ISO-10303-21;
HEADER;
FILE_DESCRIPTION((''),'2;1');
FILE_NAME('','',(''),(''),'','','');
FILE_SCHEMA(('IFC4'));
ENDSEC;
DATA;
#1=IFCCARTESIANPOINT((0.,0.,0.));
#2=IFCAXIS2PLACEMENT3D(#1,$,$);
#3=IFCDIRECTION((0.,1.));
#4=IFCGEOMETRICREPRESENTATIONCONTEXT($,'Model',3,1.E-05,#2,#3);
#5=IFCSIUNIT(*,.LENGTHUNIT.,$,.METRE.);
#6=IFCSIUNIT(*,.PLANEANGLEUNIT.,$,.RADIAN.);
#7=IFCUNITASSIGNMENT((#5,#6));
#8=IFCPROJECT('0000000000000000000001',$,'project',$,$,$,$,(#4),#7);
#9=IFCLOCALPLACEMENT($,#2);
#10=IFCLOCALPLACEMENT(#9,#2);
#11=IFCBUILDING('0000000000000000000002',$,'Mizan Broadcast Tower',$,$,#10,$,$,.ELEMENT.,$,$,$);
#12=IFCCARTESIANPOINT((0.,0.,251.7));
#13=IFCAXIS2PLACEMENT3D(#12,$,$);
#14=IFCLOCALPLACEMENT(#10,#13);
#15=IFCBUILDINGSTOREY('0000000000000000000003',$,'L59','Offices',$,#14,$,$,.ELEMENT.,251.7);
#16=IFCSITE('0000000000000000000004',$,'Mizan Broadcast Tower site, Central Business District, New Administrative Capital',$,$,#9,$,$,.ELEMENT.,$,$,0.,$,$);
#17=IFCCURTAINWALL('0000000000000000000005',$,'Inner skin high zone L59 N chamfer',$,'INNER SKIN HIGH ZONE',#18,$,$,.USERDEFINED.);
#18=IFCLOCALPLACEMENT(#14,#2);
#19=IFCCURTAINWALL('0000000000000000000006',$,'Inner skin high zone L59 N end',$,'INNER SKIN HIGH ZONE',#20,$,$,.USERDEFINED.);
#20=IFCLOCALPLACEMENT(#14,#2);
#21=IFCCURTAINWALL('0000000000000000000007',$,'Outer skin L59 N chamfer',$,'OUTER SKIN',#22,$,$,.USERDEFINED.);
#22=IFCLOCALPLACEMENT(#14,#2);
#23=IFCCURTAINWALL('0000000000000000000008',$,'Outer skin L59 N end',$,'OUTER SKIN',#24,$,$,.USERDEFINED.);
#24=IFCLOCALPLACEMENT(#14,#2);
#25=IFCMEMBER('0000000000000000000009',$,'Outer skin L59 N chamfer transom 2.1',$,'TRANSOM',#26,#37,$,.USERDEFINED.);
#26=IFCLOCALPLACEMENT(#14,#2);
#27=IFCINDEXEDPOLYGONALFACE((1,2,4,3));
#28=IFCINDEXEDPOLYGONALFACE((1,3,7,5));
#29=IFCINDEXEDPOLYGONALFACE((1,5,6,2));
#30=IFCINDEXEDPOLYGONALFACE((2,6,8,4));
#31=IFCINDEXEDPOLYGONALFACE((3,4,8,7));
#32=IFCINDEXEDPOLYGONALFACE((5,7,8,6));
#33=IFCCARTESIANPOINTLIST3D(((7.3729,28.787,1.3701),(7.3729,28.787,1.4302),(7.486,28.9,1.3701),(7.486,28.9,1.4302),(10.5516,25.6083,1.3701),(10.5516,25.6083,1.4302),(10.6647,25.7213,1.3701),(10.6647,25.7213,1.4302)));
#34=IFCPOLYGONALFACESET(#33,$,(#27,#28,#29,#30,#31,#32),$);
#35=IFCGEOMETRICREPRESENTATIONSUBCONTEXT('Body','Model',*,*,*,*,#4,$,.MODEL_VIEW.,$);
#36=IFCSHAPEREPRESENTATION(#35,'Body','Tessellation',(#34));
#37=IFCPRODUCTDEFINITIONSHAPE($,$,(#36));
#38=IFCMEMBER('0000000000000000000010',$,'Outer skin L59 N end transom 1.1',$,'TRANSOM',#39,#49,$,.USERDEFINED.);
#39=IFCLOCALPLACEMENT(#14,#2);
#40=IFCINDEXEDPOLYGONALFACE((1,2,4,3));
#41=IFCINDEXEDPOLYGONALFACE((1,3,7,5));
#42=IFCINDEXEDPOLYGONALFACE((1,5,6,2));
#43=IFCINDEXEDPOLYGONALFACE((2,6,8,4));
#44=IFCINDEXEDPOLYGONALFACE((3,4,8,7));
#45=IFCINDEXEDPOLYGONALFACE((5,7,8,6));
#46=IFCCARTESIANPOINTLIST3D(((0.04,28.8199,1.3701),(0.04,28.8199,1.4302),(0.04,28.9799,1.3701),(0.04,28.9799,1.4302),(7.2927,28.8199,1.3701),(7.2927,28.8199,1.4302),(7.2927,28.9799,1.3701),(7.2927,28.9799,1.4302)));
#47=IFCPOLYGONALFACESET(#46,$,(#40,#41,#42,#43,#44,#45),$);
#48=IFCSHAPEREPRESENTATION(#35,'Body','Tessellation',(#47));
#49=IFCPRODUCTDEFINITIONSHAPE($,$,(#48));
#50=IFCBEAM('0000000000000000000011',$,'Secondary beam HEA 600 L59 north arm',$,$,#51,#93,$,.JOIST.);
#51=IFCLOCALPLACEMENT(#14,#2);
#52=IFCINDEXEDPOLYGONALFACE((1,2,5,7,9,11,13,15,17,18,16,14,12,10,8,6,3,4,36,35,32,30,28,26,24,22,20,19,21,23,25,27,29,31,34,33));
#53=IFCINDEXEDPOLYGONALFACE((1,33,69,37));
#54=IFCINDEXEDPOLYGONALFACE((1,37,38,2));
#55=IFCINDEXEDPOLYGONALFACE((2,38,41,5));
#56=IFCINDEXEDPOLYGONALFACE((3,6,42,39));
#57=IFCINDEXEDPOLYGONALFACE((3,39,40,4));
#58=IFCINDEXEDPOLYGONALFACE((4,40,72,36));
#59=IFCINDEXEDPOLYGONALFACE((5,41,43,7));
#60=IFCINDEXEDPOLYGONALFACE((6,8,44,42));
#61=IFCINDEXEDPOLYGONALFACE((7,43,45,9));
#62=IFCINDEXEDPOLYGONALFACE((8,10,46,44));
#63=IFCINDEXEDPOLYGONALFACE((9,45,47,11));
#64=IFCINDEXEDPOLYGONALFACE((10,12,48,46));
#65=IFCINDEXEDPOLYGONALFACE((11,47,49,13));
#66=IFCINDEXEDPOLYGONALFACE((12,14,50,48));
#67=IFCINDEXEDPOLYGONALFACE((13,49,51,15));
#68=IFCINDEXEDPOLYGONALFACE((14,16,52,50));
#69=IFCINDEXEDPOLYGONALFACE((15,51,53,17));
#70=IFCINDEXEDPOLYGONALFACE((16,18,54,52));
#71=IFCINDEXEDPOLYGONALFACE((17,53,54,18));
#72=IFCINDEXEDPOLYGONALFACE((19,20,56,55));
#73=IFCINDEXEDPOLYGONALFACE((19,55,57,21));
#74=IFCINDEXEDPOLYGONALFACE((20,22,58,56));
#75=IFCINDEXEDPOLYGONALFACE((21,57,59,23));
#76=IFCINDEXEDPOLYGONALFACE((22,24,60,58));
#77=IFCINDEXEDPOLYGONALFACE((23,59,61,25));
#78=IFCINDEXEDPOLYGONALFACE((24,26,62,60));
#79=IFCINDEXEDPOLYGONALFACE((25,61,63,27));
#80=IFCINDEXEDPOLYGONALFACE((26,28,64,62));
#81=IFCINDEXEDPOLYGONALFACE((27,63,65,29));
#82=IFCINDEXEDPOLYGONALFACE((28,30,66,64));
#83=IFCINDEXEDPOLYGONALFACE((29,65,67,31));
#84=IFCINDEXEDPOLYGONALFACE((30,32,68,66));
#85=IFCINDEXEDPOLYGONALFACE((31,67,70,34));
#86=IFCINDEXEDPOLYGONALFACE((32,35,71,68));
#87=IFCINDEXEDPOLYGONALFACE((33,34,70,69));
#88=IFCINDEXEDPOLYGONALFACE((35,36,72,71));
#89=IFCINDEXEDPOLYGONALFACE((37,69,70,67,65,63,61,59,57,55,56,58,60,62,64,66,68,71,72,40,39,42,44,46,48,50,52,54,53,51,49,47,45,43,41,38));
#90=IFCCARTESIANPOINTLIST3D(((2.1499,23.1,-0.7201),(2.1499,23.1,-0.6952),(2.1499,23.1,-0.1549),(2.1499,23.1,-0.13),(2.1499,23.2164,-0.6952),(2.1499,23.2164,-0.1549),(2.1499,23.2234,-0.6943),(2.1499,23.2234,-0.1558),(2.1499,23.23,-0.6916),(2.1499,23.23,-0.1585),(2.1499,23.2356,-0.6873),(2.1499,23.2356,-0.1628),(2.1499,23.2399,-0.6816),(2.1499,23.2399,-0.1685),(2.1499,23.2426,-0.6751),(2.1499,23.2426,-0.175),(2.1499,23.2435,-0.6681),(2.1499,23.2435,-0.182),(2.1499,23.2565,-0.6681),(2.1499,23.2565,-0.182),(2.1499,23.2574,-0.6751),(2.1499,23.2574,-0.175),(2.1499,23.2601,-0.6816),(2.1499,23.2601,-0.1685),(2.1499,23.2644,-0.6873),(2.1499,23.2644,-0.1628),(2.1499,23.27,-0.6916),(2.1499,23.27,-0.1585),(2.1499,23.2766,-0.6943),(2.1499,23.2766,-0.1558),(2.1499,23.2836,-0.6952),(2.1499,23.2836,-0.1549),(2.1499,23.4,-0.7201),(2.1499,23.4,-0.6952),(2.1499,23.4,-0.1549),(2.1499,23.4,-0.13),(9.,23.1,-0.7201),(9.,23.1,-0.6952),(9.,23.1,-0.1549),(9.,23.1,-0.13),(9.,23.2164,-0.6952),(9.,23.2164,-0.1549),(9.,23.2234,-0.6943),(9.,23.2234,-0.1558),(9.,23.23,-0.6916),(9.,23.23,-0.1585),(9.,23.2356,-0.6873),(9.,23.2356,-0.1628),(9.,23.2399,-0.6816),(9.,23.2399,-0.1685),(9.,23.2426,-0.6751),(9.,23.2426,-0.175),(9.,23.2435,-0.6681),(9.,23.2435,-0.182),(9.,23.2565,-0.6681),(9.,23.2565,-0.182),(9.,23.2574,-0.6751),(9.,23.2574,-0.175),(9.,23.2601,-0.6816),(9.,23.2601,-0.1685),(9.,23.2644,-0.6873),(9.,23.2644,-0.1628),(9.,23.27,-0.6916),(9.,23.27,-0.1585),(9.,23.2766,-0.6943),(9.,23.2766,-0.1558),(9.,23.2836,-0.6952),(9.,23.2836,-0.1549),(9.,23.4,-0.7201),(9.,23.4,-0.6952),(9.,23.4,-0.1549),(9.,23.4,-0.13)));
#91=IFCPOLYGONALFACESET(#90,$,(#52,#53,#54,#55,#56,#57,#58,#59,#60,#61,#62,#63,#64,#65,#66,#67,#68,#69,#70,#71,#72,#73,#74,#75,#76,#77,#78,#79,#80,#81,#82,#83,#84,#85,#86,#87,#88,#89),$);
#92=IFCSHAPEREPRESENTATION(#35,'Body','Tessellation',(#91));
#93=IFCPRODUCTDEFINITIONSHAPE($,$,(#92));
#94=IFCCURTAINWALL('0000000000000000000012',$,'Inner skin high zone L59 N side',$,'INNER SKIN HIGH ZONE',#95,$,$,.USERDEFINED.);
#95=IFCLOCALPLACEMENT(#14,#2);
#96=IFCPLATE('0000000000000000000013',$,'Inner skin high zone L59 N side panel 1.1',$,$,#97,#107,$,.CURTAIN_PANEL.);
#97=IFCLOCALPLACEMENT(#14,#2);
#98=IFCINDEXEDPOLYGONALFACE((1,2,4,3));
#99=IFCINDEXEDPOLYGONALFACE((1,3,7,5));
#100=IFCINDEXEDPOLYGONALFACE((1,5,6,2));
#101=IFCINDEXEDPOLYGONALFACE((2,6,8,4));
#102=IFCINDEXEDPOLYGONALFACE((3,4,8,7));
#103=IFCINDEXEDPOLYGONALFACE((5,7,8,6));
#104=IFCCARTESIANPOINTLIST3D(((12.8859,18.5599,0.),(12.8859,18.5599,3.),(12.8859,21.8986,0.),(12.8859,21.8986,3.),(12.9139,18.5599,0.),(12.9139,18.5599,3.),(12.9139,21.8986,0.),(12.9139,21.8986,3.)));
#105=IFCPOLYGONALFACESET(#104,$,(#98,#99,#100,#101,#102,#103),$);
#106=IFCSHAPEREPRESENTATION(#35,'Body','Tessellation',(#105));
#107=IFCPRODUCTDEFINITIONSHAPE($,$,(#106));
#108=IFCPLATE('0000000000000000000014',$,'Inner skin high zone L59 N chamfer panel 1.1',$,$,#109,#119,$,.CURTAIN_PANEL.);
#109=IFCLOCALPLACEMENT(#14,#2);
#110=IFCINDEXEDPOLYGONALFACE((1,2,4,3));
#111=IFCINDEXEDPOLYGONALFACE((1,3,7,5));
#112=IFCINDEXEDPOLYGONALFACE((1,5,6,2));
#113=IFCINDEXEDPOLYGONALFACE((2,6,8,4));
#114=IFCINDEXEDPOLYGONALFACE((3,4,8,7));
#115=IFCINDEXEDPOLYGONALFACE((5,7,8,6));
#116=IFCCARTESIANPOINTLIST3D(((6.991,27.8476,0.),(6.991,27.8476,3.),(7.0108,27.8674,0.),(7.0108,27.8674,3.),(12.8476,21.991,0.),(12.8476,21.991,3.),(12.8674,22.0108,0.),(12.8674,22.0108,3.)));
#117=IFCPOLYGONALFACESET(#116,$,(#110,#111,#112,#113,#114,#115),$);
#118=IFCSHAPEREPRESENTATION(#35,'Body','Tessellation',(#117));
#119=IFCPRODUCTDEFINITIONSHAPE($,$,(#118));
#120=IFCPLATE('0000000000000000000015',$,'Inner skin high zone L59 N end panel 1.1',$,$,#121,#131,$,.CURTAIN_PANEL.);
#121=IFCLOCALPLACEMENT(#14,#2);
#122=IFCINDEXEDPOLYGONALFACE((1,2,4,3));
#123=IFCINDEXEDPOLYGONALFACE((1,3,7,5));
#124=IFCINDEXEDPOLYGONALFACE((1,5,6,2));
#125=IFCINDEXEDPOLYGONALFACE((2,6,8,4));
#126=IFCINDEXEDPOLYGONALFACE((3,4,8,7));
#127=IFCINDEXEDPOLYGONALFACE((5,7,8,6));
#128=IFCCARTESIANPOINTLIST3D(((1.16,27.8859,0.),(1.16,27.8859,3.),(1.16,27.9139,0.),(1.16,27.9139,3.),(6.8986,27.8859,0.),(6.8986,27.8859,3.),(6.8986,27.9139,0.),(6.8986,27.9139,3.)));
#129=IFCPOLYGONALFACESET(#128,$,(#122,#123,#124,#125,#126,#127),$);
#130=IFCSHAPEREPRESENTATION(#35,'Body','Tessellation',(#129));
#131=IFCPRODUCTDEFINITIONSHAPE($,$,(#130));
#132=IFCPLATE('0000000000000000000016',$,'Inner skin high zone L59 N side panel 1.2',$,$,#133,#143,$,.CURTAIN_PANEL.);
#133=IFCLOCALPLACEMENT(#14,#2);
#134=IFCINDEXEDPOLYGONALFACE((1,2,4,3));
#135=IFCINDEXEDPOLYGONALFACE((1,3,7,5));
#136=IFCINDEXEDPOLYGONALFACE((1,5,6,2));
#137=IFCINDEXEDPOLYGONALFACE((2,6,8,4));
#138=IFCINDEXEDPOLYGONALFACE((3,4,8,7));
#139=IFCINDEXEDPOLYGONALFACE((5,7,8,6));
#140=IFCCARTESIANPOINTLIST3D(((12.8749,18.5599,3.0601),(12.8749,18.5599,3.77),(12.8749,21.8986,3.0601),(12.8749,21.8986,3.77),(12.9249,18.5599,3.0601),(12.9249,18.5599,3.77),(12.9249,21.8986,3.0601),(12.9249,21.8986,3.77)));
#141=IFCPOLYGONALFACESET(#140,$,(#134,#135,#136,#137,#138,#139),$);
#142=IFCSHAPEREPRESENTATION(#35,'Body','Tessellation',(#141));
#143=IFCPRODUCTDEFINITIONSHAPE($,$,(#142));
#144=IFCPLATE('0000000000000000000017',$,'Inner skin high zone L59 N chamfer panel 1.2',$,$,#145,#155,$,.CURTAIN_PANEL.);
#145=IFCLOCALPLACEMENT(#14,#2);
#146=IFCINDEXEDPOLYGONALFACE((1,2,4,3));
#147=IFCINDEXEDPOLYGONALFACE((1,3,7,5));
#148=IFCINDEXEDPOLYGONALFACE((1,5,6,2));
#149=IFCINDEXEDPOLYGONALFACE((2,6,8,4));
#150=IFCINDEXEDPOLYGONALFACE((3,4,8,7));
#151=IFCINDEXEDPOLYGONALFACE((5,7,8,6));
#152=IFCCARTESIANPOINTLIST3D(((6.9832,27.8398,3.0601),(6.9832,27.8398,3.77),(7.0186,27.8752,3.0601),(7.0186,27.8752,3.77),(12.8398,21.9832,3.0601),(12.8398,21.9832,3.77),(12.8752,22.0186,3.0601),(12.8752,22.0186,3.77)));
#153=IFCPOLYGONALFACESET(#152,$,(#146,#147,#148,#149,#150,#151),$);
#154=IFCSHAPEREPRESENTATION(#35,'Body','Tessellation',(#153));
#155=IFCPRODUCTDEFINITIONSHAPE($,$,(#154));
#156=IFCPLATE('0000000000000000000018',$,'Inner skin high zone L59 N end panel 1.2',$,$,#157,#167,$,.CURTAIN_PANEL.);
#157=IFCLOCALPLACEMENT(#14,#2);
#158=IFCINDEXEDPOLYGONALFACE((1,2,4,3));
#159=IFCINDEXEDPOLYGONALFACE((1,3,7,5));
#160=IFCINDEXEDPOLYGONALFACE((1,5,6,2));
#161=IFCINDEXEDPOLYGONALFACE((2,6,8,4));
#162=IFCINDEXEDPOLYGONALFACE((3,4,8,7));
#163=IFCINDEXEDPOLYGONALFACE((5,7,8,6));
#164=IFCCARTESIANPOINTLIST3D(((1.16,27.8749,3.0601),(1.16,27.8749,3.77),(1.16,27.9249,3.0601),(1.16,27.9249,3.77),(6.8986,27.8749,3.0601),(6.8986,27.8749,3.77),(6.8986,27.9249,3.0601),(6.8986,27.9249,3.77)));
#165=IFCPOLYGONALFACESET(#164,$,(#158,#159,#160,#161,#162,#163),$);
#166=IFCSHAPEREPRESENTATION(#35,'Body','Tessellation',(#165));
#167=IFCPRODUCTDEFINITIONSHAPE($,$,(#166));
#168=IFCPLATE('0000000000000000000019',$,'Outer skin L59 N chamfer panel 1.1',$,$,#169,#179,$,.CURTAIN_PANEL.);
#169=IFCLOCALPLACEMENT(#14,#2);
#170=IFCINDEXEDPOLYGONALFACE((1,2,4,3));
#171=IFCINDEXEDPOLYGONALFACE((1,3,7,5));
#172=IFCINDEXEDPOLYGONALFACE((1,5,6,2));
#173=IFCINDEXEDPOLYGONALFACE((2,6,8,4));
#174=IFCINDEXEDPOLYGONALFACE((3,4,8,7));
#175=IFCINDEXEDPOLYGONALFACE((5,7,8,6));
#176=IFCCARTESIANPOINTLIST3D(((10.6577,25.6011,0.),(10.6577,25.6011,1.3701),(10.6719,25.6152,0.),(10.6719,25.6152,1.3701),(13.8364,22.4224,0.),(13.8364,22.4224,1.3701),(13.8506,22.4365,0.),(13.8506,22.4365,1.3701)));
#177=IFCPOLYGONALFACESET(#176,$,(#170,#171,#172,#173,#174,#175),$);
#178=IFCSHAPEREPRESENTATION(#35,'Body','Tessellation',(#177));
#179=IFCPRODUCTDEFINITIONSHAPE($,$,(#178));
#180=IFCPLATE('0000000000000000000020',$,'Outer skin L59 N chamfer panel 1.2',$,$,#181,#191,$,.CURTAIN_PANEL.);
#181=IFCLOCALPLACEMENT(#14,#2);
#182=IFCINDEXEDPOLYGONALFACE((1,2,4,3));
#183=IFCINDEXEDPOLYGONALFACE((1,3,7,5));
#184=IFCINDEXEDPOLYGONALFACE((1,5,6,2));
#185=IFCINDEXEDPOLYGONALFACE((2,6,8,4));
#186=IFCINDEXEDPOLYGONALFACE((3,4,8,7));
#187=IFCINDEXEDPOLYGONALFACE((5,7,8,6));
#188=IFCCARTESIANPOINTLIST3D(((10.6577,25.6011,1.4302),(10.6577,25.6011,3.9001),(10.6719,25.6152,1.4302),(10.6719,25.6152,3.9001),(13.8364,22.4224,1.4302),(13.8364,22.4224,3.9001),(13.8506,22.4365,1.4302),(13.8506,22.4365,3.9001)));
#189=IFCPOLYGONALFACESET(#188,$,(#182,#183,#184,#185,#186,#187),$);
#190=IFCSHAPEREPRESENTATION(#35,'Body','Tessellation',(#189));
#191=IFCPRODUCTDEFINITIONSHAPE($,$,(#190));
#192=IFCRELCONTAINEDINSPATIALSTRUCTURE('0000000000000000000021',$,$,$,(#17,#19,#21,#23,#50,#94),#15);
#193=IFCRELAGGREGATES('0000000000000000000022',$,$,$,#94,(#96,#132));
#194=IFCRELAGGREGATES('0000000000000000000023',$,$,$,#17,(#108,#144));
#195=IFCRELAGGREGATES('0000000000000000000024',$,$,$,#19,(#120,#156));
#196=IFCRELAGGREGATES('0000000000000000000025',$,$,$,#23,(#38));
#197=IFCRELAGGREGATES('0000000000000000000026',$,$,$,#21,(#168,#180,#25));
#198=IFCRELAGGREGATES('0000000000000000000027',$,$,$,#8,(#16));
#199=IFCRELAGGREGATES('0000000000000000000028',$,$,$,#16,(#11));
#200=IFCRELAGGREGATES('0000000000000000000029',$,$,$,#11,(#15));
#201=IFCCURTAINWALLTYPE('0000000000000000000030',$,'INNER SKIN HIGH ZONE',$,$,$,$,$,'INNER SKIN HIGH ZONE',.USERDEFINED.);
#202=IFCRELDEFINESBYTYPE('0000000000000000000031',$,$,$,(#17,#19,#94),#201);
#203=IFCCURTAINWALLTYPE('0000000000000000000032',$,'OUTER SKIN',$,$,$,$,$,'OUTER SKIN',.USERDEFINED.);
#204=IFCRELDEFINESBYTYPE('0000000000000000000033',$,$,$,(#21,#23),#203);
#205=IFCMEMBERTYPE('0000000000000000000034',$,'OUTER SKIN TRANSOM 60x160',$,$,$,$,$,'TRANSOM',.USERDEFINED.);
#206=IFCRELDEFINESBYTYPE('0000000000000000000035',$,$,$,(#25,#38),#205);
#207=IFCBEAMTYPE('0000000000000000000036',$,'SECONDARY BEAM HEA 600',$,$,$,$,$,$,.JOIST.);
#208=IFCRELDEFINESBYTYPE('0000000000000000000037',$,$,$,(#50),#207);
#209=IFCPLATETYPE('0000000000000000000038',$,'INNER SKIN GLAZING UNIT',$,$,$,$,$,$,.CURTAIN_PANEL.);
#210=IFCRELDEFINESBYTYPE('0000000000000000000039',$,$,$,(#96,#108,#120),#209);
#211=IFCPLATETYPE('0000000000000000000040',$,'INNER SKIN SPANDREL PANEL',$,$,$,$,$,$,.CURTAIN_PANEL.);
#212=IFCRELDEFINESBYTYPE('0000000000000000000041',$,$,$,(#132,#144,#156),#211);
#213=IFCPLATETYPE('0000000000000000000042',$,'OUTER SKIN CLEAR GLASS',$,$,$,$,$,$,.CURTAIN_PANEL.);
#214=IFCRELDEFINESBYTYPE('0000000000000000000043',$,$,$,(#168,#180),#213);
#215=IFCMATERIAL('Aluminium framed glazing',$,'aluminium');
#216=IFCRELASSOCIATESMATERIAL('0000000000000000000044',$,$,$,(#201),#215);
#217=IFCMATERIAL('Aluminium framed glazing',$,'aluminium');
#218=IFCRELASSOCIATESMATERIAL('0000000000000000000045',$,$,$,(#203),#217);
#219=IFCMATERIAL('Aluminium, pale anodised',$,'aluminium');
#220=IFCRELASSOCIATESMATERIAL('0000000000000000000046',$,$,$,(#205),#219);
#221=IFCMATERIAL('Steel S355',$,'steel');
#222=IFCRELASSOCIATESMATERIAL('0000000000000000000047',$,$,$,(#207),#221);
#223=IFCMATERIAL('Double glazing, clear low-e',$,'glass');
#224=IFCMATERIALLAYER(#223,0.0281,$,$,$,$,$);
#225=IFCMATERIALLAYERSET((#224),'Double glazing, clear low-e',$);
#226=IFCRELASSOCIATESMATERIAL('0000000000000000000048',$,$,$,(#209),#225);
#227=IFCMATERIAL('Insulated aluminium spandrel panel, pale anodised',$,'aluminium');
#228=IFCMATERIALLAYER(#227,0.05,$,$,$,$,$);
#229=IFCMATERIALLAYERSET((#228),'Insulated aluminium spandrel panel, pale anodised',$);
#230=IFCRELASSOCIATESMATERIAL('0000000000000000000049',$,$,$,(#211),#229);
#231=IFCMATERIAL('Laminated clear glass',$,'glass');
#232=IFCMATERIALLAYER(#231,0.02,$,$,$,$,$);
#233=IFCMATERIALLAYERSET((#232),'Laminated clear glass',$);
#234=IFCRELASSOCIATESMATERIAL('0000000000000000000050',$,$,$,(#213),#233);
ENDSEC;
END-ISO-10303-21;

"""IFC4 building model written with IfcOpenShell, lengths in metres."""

from ifc_helpers import new_model, si_unit, direction, frame, origin, origin_2d, place, context, subcontext, project, spatial, rectangle, i_section, extrude, material, layer, layer_set, material_profile, profile_set, type_object, element, aggregate, save


model = new_model("IFC4")

# Units and contexts
model_context = context("Model", 3, precision=1e-05, world=origin(), true_north=direction((0.0, 1.0)))
body_context = subcontext(model_context, "Body", "Model", "MODEL_VIEW")
ifc_project = project(units=[si_unit("LENGTHUNIT", "METRE"), si_unit("PLANEANGLEUNIT", "RADIAN")], contexts=[model_context])

# Site, building, storey
site_placement = place(None, origin())
site = spatial("IfcSite", under=ifc_project, at=site_placement, Name="Mizan Broadcast Tower site, Central Business District, New Administrative Capital", CompositionType="ELEMENT", RefElevation=0.0)
building_placement = place(site_placement, origin())
building = spatial("IfcBuilding", under=site, at=building_placement, Name="Mizan Broadcast Tower", CompositionType="ELEMENT")
storey_placement = place(building_placement, frame((0.0, 0.0, 251.7)))
storey = spatial("IfcBuildingStorey", under=building, at=storey_placement, Name="L59", Description="Offices", CompositionType="ELEMENT", Elevation=251.7)

# Curtain walls
ifc_material_1 = material(Name="Aluminium framed glazing", Category="aluminium")
curtain_wall_type_1 = type_object("IfcCurtainWallType", Name="INNER SKIN HIGH ZONE", ElementType="INNER SKIN HIGH ZONE", PredefinedType="USERDEFINED", material=ifc_material_1)
curtain_wall_1_placement = place(storey_placement, origin())
curtain_wall_1 = element("IfcCurtainWall", 1, at=curtain_wall_1_placement, inside=storey, type_object=curtain_wall_type_1, Name="Inner skin high zone L59 N chamfer", ObjectType="INNER SKIN HIGH ZONE", PredefinedType="USERDEFINED")
curtain_wall_2_placement = place(storey_placement, origin())
curtain_wall_2 = element("IfcCurtainWall", 2, at=curtain_wall_2_placement, inside=storey, type_object=curtain_wall_type_1, Name="Inner skin high zone L59 N end", ObjectType="INNER SKIN HIGH ZONE", PredefinedType="USERDEFINED")

# Curtain wall
ifc_material_2 = material(Name="Aluminium framed glazing", Category="aluminium")
curtain_wall_type_2 = type_object("IfcCurtainWallType", Name="OUTER SKIN", ElementType="OUTER SKIN", PredefinedType="USERDEFINED", material=ifc_material_2)
curtain_wall_3_placement = place(storey_placement, origin())
curtain_wall_3 = element("IfcCurtainWall", 3, at=curtain_wall_3_placement, inside=storey, type_object=curtain_wall_type_2, Name="Outer skin L59 N chamfer", ObjectType="OUTER SKIN", PredefinedType="USERDEFINED")

# Curtain wall
curtain_wall_4_placement = place(storey_placement, origin())
curtain_wall_4 = element("IfcCurtainWall", 4, at=curtain_wall_4_placement, inside=storey, type_object=curtain_wall_type_2, Name="Outer skin L59 N end", ObjectType="OUTER SKIN", PredefinedType="USERDEFINED")

# Members
ifc_material_3 = material(Name="Aluminium, pale anodised", Category="aluminium")
ifc_material_profile_1 = material_profile(ifc_material_3, rectangle(XDim=0.1599, YDim=0.0601, at=origin_2d()), Name="TRANSOM 160x60")
ifc_profile_set_1 = profile_set([ifc_material_profile_1], Name="Aluminium, pale anodised")
member_type_1 = type_object("IfcMemberType", Name="OUTER SKIN TRANSOM 60x160", ElementType="TRANSOM", PredefinedType="USERDEFINED", material=ifc_profile_set_1)
member_1_placement = place(storey_placement, frame((10.6082, 25.6648, 1.4001), z_axis=(-0.707107, 0.707107, 0.0), x_axis=(-0.707107, -0.707107, 0.0)))
member_1 = element("IfcMember", 5, at=member_1_placement, type_object=member_type_1, Name="Outer skin L59 N chamfer transom 2.1", ObjectType="TRANSOM", PredefinedType="USERDEFINED", context=body_context, shape_type="SweptSolid", body=[
    extrude(rectangle(XDim=0.1599, YDim=0.0601, at=origin_2d()), origin(), (0.0, 0.0, 1.0), 4.4954),
])
member_2_placement = place(storey_placement, frame((7.2927, 28.8999, 1.4001), z_axis=(-1.0, 0.0, 0.0), x_axis=(0.0, -1.0, 0.0)))
member_2 = element("IfcMember", 6, at=member_2_placement, type_object=member_type_1, Name="Outer skin L59 N end transom 1.1", ObjectType="TRANSOM", PredefinedType="USERDEFINED", context=body_context, shape_type="SweptSolid", body=[
    extrude(rectangle(XDim=0.1599, YDim=0.0601, at=origin_2d()), origin(), (0.0, 0.0, 1.0), 7.2527),
])

# Beam
ifc_material_4 = material(Name="Steel S355", Category="steel")
ifc_material_profile_2 = material_profile(ifc_material_4, i_section(OverallWidth=0.3, OverallDepth=0.5901, WebThickness=0.0129, FlangeThickness=0.0249, FilletRadius=0.0271, at=origin_2d()), Name="HEA 600")
ifc_profile_set_2 = profile_set([ifc_material_profile_2], Name="Steel S355")
beam_type_1 = type_object("IfcBeamType", Name="SECONDARY BEAM HEA 600", PredefinedType="JOIST", material=ifc_profile_set_2)
beam_1_placement = place(storey_placement, frame((9.0, 23.25, -0.425), z_axis=(-1.0, 0.0, 0.0), x_axis=(0.0, -1.0, 0.0)))
element("IfcBeam", 7, at=beam_1_placement, inside=storey, type_object=beam_type_1, Name="Secondary beam HEA 600 L59 north arm", PredefinedType="JOIST", context=body_context, shape_type="SweptSolid", body=[
    extrude(i_section(OverallWidth=0.3, OverallDepth=0.5901, WebThickness=0.0129, FlangeThickness=0.0249, FilletRadius=0.0271, at=origin_2d()), origin(), (0.0, 0.0, 1.0), 6.8501),
])

# Curtain wall, plate
curtain_wall_5_placement = place(storey_placement, origin())
curtain_wall_5 = element("IfcCurtainWall", 8, at=curtain_wall_5_placement, inside=storey, type_object=curtain_wall_type_1, Name="Inner skin high zone L59 N side", ObjectType="INNER SKIN HIGH ZONE", PredefinedType="USERDEFINED")
ifc_material_5 = material(Name="Double glazing, clear low-e", Category="glass")
ifc_layer_1 = layer(ifc_material_5, 0.0281)
ifc_layer_set_1 = layer_set([ifc_layer_1], Name="Double glazing, clear low-e")
plate_type_1 = type_object("IfcPlateType", Name="INNER SKIN GLAZING UNIT", PredefinedType="CURTAIN_PANEL", material=ifc_layer_set_1)
plate_1_placement = place(storey_placement, frame((12.8999, 20.2292, 0.0), z_axis=(0.0, 0.0, 1.0), x_axis=(0.0, 1.0, 0.0)))
plate_1 = element("IfcPlate", 9, at=plate_1_placement, type_object=plate_type_1, Name="Inner skin high zone L59 N side panel 1.1", PredefinedType="CURTAIN_PANEL", context=body_context, shape_type="SweptSolid", body=[
    extrude(rectangle(XDim=3.3386, YDim=0.0281, at=origin_2d()), origin(), (0.0, 0.0, 1.0), 3.0),
])

# Plates
plate_2_placement = place(storey_placement, frame((9.9292, 24.9292, 0.0), z_axis=(0.0, 0.0, 1.0), x_axis=(-0.707107, 0.707107, 0.0)))
plate_2 = element("IfcPlate", 10, at=plate_2_placement, type_object=plate_type_1, Name="Inner skin high zone L59 N chamfer panel 1.1", PredefinedType="CURTAIN_PANEL", context=body_context, shape_type="SweptSolid", body=[
    extrude(rectangle(XDim=8.2825, YDim=0.0281, at=origin_2d()), origin(), (0.0, 0.0, 1.0), 3.0),
])
plate_3_placement = place(storey_placement, frame((4.0293, 27.8999, 0.0), z_axis=(0.0, 0.0, 1.0), x_axis=(-1.0, 0.0, 0.0)))
plate_3 = element("IfcPlate", 11, at=plate_3_placement, type_object=plate_type_1, Name="Inner skin high zone L59 N end panel 1.1", PredefinedType="CURTAIN_PANEL", context=body_context, shape_type="SweptSolid", body=[
    extrude(rectangle(XDim=5.7385, YDim=0.0281, at=origin_2d()), origin(), (0.0, 0.0, 1.0), 3.0),
])
ifc_material_6 = material(Name="Insulated aluminium spandrel panel, pale anodised", Category="aluminium")
ifc_layer_2 = layer(ifc_material_6, 0.05)
ifc_layer_set_2 = layer_set([ifc_layer_2], Name="Insulated aluminium spandrel panel, pale anodised")
plate_type_2 = type_object("IfcPlateType", Name="INNER SKIN SPANDREL PANEL", PredefinedType="CURTAIN_PANEL", material=ifc_layer_set_2)
plate_4_placement = place(storey_placement, frame((12.8999, 20.2292, 3.0601), z_axis=(0.0, 0.0, 1.0), x_axis=(0.0, 1.0, 0.0)))
plate_4 = element("IfcPlate", 12, at=plate_4_placement, type_object=plate_type_2, Name="Inner skin high zone L59 N side panel 1.2", PredefinedType="CURTAIN_PANEL", context=body_context, shape_type="SweptSolid", body=[
    extrude(rectangle(XDim=3.3386, YDim=0.05, at=origin_2d()), origin(), (0.0, 0.0, 1.0), 0.71),
])
aggregate(curtain_wall_5, [plate_1, plate_4])
plate_5_placement = place(storey_placement, frame((9.9292, 24.9292, 3.0601), z_axis=(0.0, 0.0, 1.0), x_axis=(-0.707107, 0.707107, 0.0)))
plate_5 = element("IfcPlate", 13, at=plate_5_placement, type_object=plate_type_2, Name="Inner skin high zone L59 N chamfer panel 1.2", PredefinedType="CURTAIN_PANEL", context=body_context, shape_type="SweptSolid", body=[
    extrude(rectangle(XDim=8.2825, YDim=0.05, at=origin_2d()), origin(), (0.0, 0.0, 1.0), 0.71),
])
aggregate(curtain_wall_1, [plate_2, plate_5])
plate_6_placement = place(storey_placement, frame((4.0293, 27.8999, 3.0601), z_axis=(0.0, 0.0, 1.0), x_axis=(-1.0, 0.0, 0.0)))
plate_6 = element("IfcPlate", 14, at=plate_6_placement, type_object=plate_type_2, Name="Inner skin high zone L59 N end panel 1.2", PredefinedType="CURTAIN_PANEL", context=body_context, shape_type="SweptSolid", body=[
    extrude(rectangle(XDim=5.7385, YDim=0.05, at=origin_2d()), origin(), (0.0, 0.0, 1.0), 0.71),
])
aggregate(curtain_wall_2, [plate_3, plate_6])
ifc_material_7 = material(Name="Laminated clear glass", Category="glass")
ifc_layer_3 = layer(ifc_material_7, 0.02)
ifc_layer_set_3 = layer_set([ifc_layer_3], Name="Laminated clear glass")
plate_type_3 = type_object("IfcPlateType", Name="OUTER SKIN CLEAR GLASS", PredefinedType="CURTAIN_PANEL", material=ifc_layer_set_3)
plate_7_placement = place(storey_placement, frame((12.2542, 24.0188, 0.0), z_axis=(0.0, 0.0, 1.0), x_axis=(-0.707107, 0.707107, 0.0)))
plate_7 = element("IfcPlate", 15, at=plate_7_placement, type_object=plate_type_3, Name="Outer skin L59 N chamfer panel 1.1", PredefinedType="CURTAIN_PANEL", context=body_context, shape_type="SweptSolid", body=[
    extrude(rectangle(XDim=4.4954, YDim=0.02, at=origin_2d()), origin(), (0.0, 0.0, 1.0), 1.3701),
])
plate_8_placement = place(storey_placement, frame((12.2542, 24.0188, 1.4302), z_axis=(0.0, 0.0, 1.0), x_axis=(-0.707107, 0.707107, 0.0)))
plate_8 = element("IfcPlate", 16, at=plate_8_placement, type_object=plate_type_3, Name="Outer skin L59 N chamfer panel 1.2", PredefinedType="CURTAIN_PANEL", context=body_context, shape_type="SweptSolid", body=[
    extrude(rectangle(XDim=4.4954, YDim=0.02, at=origin_2d()), origin(), (0.0, 0.0, 1.0), 2.47),
])
aggregate(curtain_wall_4, [member_2])
aggregate(curtain_wall_3, [plate_7, plate_8, member_1])

save(model, "model.ifc")
